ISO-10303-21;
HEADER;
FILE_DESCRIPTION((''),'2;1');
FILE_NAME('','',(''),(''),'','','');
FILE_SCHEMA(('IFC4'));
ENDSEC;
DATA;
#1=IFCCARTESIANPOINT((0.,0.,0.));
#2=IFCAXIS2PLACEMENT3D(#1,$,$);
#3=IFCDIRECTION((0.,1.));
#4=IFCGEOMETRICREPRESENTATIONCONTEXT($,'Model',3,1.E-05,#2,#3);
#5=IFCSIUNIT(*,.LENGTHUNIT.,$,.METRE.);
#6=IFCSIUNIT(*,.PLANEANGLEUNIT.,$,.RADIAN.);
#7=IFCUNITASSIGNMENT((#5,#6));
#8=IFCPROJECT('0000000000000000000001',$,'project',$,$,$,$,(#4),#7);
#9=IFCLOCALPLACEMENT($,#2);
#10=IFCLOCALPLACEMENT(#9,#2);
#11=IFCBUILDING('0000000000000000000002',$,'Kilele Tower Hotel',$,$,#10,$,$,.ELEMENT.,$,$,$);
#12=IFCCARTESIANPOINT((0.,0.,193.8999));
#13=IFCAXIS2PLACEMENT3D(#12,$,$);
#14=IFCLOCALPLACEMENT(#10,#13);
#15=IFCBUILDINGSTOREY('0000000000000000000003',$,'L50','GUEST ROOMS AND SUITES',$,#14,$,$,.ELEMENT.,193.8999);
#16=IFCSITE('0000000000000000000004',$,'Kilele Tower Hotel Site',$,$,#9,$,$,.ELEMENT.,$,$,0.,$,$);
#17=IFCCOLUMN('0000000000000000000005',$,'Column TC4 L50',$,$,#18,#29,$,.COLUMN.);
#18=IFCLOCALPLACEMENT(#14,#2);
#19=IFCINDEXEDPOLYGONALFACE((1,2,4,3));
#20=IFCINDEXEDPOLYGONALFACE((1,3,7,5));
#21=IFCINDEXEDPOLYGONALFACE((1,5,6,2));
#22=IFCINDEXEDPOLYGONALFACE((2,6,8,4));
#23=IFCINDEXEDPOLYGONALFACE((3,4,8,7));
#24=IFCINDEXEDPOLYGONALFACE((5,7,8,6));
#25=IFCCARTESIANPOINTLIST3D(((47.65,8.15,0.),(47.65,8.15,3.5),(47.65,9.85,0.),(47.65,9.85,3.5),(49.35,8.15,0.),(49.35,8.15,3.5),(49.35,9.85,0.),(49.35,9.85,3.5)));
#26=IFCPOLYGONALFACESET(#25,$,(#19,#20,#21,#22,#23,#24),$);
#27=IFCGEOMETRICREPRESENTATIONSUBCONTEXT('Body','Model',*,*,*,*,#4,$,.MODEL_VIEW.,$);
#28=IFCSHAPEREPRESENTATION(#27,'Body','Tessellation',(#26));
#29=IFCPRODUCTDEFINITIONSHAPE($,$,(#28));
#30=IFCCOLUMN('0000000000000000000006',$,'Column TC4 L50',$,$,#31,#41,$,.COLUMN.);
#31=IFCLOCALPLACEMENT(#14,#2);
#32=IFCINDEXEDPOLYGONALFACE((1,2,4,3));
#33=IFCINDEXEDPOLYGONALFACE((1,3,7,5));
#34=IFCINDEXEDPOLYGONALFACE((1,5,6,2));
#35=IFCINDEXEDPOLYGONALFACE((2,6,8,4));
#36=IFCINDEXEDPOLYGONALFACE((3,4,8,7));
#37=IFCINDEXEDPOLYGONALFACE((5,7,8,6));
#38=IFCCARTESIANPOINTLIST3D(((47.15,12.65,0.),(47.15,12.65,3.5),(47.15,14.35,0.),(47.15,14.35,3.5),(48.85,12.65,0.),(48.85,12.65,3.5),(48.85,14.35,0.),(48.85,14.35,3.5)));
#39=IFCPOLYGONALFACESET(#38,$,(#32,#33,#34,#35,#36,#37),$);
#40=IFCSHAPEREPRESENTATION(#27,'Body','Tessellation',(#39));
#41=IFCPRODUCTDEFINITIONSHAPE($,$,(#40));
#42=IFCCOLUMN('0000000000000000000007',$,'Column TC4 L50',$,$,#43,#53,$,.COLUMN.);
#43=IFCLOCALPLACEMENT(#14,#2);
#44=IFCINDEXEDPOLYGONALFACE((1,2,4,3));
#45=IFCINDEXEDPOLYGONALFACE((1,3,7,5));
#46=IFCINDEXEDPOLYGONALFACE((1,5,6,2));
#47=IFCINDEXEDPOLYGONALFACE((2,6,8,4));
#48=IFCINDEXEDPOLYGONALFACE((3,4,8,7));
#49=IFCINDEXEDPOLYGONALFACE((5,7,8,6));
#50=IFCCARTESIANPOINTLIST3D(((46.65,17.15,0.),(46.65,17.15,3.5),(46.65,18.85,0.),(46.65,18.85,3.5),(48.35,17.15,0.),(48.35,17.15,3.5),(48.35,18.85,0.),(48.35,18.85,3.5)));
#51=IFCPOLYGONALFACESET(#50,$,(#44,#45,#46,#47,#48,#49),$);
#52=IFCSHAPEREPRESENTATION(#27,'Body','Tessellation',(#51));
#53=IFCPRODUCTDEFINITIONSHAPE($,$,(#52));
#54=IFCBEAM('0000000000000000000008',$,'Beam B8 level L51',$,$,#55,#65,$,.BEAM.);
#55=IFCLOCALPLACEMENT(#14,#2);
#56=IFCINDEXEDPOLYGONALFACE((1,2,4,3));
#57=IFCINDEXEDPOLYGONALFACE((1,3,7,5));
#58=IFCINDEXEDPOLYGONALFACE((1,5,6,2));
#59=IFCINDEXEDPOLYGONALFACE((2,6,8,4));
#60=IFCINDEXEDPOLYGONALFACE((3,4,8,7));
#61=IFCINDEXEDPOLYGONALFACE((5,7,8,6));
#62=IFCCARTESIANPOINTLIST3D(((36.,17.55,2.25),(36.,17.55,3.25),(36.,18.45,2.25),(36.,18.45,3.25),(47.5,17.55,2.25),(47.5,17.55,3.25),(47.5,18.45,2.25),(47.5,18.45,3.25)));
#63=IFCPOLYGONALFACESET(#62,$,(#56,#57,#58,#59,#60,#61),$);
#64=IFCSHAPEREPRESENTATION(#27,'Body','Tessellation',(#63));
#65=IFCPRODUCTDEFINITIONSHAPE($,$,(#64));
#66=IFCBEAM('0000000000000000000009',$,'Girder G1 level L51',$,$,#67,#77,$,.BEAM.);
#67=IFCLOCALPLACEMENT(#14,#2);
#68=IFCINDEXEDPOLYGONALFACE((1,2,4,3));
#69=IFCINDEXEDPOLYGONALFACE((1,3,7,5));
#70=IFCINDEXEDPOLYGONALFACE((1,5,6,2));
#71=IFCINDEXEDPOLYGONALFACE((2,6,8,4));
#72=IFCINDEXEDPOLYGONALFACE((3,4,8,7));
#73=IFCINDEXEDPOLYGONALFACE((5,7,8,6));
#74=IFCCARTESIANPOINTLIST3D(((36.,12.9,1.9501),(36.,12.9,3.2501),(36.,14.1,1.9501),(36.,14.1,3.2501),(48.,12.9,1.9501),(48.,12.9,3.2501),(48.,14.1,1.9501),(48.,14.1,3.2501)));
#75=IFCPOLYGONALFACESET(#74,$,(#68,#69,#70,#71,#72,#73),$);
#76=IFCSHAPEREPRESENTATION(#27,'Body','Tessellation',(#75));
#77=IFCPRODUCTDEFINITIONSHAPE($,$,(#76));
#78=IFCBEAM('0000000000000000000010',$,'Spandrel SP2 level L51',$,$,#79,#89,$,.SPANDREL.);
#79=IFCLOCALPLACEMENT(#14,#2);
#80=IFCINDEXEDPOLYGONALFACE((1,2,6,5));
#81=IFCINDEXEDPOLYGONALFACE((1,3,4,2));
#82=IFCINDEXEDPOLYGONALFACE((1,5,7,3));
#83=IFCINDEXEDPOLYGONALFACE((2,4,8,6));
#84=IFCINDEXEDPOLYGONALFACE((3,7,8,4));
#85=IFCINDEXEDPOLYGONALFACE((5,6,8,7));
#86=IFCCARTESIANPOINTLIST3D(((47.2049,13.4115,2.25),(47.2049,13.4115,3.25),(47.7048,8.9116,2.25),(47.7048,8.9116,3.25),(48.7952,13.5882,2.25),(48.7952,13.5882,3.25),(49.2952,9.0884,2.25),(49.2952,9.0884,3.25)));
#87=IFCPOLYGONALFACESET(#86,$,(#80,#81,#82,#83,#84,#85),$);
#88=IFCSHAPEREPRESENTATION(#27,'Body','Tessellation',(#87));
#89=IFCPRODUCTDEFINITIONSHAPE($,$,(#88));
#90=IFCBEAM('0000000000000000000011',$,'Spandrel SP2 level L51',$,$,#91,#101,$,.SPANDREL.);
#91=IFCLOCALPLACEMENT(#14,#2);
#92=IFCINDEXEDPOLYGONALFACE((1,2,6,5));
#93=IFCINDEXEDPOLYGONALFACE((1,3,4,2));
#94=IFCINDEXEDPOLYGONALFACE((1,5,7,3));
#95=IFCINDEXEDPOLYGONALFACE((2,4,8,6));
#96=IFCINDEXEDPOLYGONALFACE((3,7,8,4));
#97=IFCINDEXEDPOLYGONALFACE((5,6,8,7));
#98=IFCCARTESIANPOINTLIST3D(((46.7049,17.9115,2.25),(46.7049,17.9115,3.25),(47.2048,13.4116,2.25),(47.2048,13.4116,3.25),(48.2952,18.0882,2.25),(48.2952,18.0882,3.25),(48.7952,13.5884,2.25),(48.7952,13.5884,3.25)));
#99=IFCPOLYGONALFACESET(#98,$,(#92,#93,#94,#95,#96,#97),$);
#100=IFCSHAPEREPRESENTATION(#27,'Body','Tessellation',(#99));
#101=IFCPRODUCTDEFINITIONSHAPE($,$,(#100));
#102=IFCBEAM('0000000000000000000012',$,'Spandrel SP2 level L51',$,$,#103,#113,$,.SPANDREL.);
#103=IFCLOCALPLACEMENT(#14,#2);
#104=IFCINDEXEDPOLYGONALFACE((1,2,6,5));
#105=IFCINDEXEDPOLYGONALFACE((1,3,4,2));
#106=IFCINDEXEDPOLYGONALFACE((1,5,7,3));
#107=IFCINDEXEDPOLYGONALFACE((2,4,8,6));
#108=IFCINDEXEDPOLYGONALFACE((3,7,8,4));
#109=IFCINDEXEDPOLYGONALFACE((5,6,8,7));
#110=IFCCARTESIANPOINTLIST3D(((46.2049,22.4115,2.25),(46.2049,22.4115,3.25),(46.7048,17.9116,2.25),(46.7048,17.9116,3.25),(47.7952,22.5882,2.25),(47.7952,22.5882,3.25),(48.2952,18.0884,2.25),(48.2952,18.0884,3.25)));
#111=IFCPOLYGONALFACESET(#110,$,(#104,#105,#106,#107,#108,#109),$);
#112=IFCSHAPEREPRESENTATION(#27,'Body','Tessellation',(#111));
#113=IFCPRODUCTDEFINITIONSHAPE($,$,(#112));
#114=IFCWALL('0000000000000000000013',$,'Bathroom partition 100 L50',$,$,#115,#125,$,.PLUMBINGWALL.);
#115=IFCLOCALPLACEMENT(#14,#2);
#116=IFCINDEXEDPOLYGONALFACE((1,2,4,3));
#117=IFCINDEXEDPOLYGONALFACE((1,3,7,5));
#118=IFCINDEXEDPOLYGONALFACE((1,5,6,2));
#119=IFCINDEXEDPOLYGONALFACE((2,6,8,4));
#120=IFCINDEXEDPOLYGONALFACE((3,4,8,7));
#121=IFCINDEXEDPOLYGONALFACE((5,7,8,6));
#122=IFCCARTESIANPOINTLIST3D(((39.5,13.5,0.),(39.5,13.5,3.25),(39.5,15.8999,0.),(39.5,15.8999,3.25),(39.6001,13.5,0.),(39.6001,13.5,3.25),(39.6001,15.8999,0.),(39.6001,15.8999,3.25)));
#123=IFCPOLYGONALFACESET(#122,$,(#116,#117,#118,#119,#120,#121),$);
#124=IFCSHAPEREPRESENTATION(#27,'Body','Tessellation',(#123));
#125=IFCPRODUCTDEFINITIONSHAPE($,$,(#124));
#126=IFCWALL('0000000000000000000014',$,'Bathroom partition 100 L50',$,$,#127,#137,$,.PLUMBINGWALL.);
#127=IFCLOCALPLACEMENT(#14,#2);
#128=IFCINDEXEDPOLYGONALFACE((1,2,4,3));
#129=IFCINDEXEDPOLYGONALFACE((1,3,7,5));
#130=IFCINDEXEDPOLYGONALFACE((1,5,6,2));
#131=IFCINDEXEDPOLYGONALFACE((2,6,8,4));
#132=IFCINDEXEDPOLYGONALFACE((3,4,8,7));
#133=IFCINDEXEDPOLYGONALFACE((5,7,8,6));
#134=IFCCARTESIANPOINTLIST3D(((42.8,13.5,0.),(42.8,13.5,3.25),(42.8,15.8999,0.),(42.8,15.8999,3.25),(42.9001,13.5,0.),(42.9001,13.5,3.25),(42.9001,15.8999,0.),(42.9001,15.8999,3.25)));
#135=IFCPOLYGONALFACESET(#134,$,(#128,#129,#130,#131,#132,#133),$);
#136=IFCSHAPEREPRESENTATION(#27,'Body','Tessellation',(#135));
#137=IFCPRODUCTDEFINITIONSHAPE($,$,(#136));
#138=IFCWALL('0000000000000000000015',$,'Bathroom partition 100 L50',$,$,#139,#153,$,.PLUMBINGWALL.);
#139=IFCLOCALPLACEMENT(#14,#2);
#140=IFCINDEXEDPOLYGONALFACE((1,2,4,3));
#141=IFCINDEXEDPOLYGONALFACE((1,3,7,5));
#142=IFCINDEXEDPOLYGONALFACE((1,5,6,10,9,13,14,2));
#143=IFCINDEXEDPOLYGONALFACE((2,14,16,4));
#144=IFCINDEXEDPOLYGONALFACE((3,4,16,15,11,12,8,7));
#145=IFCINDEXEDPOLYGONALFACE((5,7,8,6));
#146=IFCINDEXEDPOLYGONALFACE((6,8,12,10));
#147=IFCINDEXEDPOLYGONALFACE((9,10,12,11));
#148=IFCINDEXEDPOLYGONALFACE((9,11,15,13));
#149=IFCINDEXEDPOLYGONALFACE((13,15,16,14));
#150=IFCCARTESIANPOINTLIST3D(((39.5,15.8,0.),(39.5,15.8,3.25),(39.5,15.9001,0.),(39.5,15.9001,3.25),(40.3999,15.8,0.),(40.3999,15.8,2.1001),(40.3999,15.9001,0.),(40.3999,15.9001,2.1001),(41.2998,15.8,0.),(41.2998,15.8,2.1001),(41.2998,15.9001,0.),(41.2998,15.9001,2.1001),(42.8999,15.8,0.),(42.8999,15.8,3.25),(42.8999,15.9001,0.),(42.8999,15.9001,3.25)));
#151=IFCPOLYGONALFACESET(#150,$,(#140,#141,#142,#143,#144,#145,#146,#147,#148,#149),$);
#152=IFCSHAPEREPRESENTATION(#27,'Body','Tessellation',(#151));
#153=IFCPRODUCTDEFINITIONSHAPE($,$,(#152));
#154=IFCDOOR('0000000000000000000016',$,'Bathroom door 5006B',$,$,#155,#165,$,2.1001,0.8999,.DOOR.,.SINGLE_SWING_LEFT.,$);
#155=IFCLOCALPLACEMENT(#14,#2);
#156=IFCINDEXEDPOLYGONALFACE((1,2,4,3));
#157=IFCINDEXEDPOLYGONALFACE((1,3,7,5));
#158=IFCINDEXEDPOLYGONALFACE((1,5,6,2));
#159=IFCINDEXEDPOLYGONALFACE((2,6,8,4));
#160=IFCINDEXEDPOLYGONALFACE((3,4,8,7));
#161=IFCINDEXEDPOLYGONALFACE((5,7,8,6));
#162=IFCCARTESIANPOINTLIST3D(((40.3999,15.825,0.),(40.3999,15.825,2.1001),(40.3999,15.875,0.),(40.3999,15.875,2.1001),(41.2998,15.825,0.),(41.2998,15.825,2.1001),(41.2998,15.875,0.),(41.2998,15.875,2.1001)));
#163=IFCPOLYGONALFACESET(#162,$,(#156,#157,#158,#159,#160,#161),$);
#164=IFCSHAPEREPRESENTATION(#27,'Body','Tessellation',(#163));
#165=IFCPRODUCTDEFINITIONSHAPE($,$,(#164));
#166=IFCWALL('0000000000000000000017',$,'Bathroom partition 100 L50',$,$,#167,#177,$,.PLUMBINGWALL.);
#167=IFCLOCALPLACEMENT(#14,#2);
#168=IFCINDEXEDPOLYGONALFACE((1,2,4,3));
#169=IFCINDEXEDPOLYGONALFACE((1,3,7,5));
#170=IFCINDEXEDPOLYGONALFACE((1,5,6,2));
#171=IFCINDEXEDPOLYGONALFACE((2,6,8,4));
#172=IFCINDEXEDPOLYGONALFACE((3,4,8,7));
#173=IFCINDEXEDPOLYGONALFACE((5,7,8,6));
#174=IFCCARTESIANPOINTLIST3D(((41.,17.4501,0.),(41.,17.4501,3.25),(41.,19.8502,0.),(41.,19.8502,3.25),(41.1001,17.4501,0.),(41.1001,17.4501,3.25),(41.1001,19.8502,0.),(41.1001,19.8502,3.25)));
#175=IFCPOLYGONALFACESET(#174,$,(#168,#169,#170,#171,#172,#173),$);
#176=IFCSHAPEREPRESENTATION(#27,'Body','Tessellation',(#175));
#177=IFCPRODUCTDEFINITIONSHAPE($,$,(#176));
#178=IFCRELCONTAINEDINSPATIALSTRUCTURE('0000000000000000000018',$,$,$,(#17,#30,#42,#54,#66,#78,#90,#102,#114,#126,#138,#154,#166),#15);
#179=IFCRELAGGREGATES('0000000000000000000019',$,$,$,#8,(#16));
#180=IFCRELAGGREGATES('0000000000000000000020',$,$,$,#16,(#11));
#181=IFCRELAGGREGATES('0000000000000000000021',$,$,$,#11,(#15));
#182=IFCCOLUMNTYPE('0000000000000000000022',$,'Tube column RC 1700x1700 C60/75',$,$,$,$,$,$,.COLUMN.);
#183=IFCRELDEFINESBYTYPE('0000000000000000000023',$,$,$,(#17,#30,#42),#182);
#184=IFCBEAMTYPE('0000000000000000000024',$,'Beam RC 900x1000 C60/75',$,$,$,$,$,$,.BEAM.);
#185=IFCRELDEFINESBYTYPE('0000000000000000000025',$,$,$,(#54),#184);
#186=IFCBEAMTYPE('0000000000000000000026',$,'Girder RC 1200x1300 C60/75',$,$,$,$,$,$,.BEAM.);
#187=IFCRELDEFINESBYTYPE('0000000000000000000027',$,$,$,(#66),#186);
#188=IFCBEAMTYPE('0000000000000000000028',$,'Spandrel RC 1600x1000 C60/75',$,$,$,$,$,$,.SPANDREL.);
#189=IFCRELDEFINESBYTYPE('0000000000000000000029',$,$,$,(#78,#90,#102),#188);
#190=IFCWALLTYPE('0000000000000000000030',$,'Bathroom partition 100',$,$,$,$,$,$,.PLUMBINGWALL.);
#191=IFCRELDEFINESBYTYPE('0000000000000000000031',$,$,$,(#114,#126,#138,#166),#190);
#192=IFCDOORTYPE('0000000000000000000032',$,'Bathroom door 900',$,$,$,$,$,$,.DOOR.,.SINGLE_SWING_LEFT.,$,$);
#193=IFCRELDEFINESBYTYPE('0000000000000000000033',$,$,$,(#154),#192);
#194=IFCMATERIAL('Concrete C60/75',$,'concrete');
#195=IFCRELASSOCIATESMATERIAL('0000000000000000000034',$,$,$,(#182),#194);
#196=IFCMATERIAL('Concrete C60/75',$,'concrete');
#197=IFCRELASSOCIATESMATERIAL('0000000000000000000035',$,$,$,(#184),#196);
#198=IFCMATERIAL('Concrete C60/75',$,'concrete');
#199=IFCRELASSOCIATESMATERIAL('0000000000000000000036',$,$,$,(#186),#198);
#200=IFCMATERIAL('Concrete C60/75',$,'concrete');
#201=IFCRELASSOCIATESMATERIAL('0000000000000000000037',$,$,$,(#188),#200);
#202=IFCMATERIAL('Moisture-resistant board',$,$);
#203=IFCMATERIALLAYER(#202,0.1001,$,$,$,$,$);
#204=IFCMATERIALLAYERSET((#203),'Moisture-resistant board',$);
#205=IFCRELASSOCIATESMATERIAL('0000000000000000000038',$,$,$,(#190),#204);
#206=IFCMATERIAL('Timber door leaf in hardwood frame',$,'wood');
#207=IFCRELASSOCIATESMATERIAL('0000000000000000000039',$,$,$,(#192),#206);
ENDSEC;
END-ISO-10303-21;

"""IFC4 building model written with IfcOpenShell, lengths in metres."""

from ifc_helpers import new_model, si_unit, direction, frame, frame_2d, origin, origin_2d, place, context, subcontext, project, spatial, rectangle, extrude, material, layer, layer_set, material_profile, profile_set, type_object, element, fill, save


model = new_model("IFC4")

# Units and contexts
model_context = context("Model", 3, precision=1e-05, world=origin(), true_north=direction((0.0, 1.0)))
body_context = subcontext(model_context, "Body", "Model", "MODEL_VIEW")
ifc_project = project(units=[si_unit("LENGTHUNIT", "METRE"), si_unit("PLANEANGLEUNIT", "RADIAN")], contexts=[model_context])

# Site, building, storey
site_placement = place(None, origin())
site = spatial("IfcSite", under=ifc_project, at=site_placement, Name="Kilele Tower Hotel Site", CompositionType="ELEMENT", RefElevation=0.0)
building_placement = place(site_placement, origin())
building = spatial("IfcBuilding", under=site, at=building_placement, Name="Kilele Tower Hotel", CompositionType="ELEMENT")
storey_placement = place(building_placement, frame((0.0, 0.0, 193.8999)))
storey = spatial("IfcBuildingStorey", under=building, at=storey_placement, Name="L50", Description="GUEST ROOMS AND SUITES", CompositionType="ELEMENT", Elevation=193.8999)

# Columns
ifc_material_1 = material(Name="Concrete C60/75", Category="concrete")
ifc_material_profile_1 = material_profile(ifc_material_1, rectangle(XDim=1.7, YDim=1.7, at=origin_2d()))
ifc_profile_set_1 = profile_set([ifc_material_profile_1], Name="Concrete C60/75")
column_type = type_object("IfcColumnType", Name="Tube column RC 1700x1700 C60/75", PredefinedType="COLUMN", material=ifc_profile_set_1)
for number, where, z_axis, x_axis, name in (
    (1, (48.5, 9.0, 0.0), (0.0, 0.0, 1.0), (1.0, 0.0, 0.0), "Column TC4 L50"),
    (2, (48.0, 13.5, 0.0), (0.0, 0.0, 1.0), (1.0, 0.0, 0.0), "Column TC4 L50"),
    (3, (47.5, 18.0, 0.0), (0.0, 0.0, 1.0), (1.0, 0.0, 0.0), "Column TC4 L50"),
):
    element("IfcColumn", number, at=place(storey_placement, frame(where, z_axis=z_axis, x_axis=x_axis)), inside=storey, type_object=column_type, Name=name, PredefinedType="COLUMN", context=body_context, shape_type="SweptSolid", body=[
        extrude(rectangle(XDim=1.7, YDim=1.7, at=origin_2d()), origin(), (0.0, 0.0, 1.0), 3.5),
    ])

# Beams
ifc_material_2 = material(Name="Concrete C60/75", Category="concrete")
ifc_material_profile_2 = material_profile(ifc_material_2, rectangle(XDim=0.8999, YDim=1.0, at=origin_2d()))
ifc_profile_set_2 = profile_set([ifc_material_profile_2], Name="Concrete C60/75")
beam_type_1 = type_object("IfcBeamType", Name="Beam RC 900x1000 C60/75", PredefinedType="BEAM", material=ifc_profile_set_2)
beam_1_placement = place(storey_placement, frame((47.5, 18.0, 2.75), z_axis=(-1.0, 0.0, 0.0), x_axis=(0.0, -1.0, 0.0)))
element("IfcBeam", 4, at=beam_1_placement, inside=storey, type_object=beam_type_1, Name="Beam B8 level L51", PredefinedType="BEAM", context=body_context, shape_type="SweptSolid", body=[
    extrude(rectangle(XDim=0.8999, YDim=1.0, at=origin_2d()), origin(), (0.0, 0.0, 1.0), 11.5),
])
ifc_material_3 = material(Name="Concrete C60/75", Category="concrete")
ifc_material_profile_3 = material_profile(ifc_material_3, rectangle(XDim=1.2, YDim=1.3, at=origin_2d()))
ifc_profile_set_3 = profile_set([ifc_material_profile_3], Name="Concrete C60/75")
beam_type_2 = type_object("IfcBeamType", Name="Girder RC 1200x1300 C60/75", PredefinedType="BEAM", material=ifc_profile_set_3)
beam_2_placement = place(storey_placement, frame((48.0, 13.5, 2.6001), z_axis=(-1.0, 0.0, 0.0), x_axis=(0.0, -1.0, 0.0)))
element("IfcBeam", 5, at=beam_2_placement, inside=storey, type_object=beam_type_2, Name="Girder G1 level L51", PredefinedType="BEAM", context=body_context, shape_type="SweptSolid", body=[
    extrude(rectangle(XDim=1.2, YDim=1.3, at=origin_2d()), origin(), (0.0, 0.0, 1.0), 12.0),
])
ifc_material_4 = material(Name="Concrete C60/75", Category="concrete")
ifc_material_profile_4 = material_profile(ifc_material_4, rectangle(XDim=1.6001, YDim=1.0, at=origin_2d()))
ifc_profile_set_4 = profile_set([ifc_material_profile_4], Name="Concrete C60/75")
beam_type_3 = type_object("IfcBeamType", Name="Spandrel RC 1600x1000 C60/75", PredefinedType="SPANDREL", material=ifc_profile_set_4)
for number, where, z_axis, x_axis, name in (
    (6, (48.5, 9.0, 2.75), (-0.110432, 0.993884, 0.0), (-0.993884, -0.110432, 0.0), "Spandrel SP2 level L51"),
    (7, (48.0, 13.5, 2.75), (-0.110432, 0.993884, 0.0), (-0.993884, -0.110432, 0.0), "Spandrel SP2 level L51"),
    (8, (47.5, 18.0, 2.75), (-0.110432, 0.993884, 0.0), (-0.993884, -0.110432, 0.0), "Spandrel SP2 level L51"),
):
    element("IfcBeam", number, at=place(storey_placement, frame(where, z_axis=z_axis, x_axis=x_axis)), inside=storey, type_object=beam_type_3, Name=name, PredefinedType="SPANDREL", context=body_context, shape_type="SweptSolid", body=[
        extrude(rectangle(XDim=1.6001, YDim=1.0, at=origin_2d()), origin(), (0.0, 0.0, 1.0), 4.5276),
    ])

# Walls
ifc_material_5 = material(Name="Moisture-resistant board")
ifc_layer_1 = layer(ifc_material_5, 0.1001)
ifc_layer_set_1 = layer_set([ifc_layer_1], Name="Moisture-resistant board")
wall_type_1 = type_object("IfcWallType", Name="Bathroom partition 100", PredefinedType="PLUMBINGWALL", material=ifc_layer_set_1)
for number, where, z_axis, x_axis, name in (
    (9, (39.55, 13.5, 0.0), (0.0, 0.0, 1.0), (0.0, 1.0, 0.0), "Bathroom partition 100 L50"),
    (10, (42.8501, 13.5, 0.0), (0.0, 0.0, 1.0), (0.0, 1.0, 0.0), "Bathroom partition 100 L50"),
):
    element("IfcWall", number, at=place(storey_placement, frame(where, z_axis=z_axis, x_axis=x_axis)), inside=storey, type_object=wall_type_1, Name=name, PredefinedType="PLUMBINGWALL", context=body_context, shape_type="SweptSolid", body=[
        extrude(rectangle(XDim=2.3999, YDim=0.1001, at=frame_2d((1.2, 0.0))), origin(), (0.0, 0.0, 1.0), 3.25),
    ])

# Wall, opening, door
wall_1_placement = place(storey_placement, frame((39.5, 15.8501, 0.0), z_axis=(0.0, 0.0, 1.0), x_axis=(1.0, 0.0, 0.0)))
wall_1 = element("IfcWall", 11, at=wall_1_placement, inside=storey, type_object=wall_type_1, Name="Bathroom partition 100 L50", PredefinedType="PLUMBINGWALL", context=body_context, shape_type="SweptSolid", body=[
    extrude(rectangle(XDim=3.3999, YDim=0.1001, at=frame_2d((1.7, 0.0))), origin(), (0.0, 0.0, 1.0), 3.25),
])
opening_1_placement = place(wall_1_placement, frame((0.8999, 0.0, 0.0)))
opening_1 = element("IfcOpeningElement", 12, at=opening_1_placement, cuts=wall_1, PredefinedType="OPENING", context=body_context, shape_type="SweptSolid", body=[
    extrude(rectangle(XDim=0.8999, YDim=2.1001, at=frame_2d((0.45, 1.05))), frame((0.0, 0.0601, 0.0), z_axis=(0.0, -1.0, 0.0), x_axis=(1.0, 0.0, 0.0)), (0.0, 0.0, 1.0), 0.1201),
])
ifc_material_6 = material(Name="Timber door leaf in hardwood frame", Category="wood")
door_type_1 = type_object("IfcDoorType", Name="Bathroom door 900", OperationType="SINGLE_SWING_LEFT", PredefinedType="DOOR", material=ifc_material_6)
door_1_placement = place(opening_1_placement, origin())
door_1 = element("IfcDoor", 13, at=door_1_placement, inside=storey, type_object=door_type_1, Name="Bathroom door 5006B", OperationType="SINGLE_SWING_LEFT", OverallHeight=2.1001, OverallWidth=0.8999, PredefinedType="DOOR", context=body_context, shape_type="SweptSolid", body=[
    extrude(rectangle(XDim=0.8999, YDim=2.1001, at=frame_2d((0.45, 1.05))), frame((0.0, 0.0249, 0.0), z_axis=(0.0, -1.0, 0.0), x_axis=(1.0, 0.0, 0.0)), (0.0, 0.0, 1.0), 0.05),
])
fill(opening_1, door_1)

# Wall
wall_2_placement = place(storey_placement, frame((41.05, 17.45, 0.0), z_axis=(0.0, 0.0, 1.0), x_axis=(0.0, 1.0, 0.0)))
element("IfcWall", 14, at=wall_2_placement, inside=storey, type_object=wall_type_1, Name="Bathroom partition 100 L50", PredefinedType="PLUMBINGWALL", context=body_context, shape_type="SweptSolid", body=[
    extrude(rectangle(XDim=2.4001, YDim=0.1001, at=frame_2d((1.2002, 0.0))), origin(), (0.0, 0.0, 1.0), 3.25),
])

save(model, "model.ifc")
